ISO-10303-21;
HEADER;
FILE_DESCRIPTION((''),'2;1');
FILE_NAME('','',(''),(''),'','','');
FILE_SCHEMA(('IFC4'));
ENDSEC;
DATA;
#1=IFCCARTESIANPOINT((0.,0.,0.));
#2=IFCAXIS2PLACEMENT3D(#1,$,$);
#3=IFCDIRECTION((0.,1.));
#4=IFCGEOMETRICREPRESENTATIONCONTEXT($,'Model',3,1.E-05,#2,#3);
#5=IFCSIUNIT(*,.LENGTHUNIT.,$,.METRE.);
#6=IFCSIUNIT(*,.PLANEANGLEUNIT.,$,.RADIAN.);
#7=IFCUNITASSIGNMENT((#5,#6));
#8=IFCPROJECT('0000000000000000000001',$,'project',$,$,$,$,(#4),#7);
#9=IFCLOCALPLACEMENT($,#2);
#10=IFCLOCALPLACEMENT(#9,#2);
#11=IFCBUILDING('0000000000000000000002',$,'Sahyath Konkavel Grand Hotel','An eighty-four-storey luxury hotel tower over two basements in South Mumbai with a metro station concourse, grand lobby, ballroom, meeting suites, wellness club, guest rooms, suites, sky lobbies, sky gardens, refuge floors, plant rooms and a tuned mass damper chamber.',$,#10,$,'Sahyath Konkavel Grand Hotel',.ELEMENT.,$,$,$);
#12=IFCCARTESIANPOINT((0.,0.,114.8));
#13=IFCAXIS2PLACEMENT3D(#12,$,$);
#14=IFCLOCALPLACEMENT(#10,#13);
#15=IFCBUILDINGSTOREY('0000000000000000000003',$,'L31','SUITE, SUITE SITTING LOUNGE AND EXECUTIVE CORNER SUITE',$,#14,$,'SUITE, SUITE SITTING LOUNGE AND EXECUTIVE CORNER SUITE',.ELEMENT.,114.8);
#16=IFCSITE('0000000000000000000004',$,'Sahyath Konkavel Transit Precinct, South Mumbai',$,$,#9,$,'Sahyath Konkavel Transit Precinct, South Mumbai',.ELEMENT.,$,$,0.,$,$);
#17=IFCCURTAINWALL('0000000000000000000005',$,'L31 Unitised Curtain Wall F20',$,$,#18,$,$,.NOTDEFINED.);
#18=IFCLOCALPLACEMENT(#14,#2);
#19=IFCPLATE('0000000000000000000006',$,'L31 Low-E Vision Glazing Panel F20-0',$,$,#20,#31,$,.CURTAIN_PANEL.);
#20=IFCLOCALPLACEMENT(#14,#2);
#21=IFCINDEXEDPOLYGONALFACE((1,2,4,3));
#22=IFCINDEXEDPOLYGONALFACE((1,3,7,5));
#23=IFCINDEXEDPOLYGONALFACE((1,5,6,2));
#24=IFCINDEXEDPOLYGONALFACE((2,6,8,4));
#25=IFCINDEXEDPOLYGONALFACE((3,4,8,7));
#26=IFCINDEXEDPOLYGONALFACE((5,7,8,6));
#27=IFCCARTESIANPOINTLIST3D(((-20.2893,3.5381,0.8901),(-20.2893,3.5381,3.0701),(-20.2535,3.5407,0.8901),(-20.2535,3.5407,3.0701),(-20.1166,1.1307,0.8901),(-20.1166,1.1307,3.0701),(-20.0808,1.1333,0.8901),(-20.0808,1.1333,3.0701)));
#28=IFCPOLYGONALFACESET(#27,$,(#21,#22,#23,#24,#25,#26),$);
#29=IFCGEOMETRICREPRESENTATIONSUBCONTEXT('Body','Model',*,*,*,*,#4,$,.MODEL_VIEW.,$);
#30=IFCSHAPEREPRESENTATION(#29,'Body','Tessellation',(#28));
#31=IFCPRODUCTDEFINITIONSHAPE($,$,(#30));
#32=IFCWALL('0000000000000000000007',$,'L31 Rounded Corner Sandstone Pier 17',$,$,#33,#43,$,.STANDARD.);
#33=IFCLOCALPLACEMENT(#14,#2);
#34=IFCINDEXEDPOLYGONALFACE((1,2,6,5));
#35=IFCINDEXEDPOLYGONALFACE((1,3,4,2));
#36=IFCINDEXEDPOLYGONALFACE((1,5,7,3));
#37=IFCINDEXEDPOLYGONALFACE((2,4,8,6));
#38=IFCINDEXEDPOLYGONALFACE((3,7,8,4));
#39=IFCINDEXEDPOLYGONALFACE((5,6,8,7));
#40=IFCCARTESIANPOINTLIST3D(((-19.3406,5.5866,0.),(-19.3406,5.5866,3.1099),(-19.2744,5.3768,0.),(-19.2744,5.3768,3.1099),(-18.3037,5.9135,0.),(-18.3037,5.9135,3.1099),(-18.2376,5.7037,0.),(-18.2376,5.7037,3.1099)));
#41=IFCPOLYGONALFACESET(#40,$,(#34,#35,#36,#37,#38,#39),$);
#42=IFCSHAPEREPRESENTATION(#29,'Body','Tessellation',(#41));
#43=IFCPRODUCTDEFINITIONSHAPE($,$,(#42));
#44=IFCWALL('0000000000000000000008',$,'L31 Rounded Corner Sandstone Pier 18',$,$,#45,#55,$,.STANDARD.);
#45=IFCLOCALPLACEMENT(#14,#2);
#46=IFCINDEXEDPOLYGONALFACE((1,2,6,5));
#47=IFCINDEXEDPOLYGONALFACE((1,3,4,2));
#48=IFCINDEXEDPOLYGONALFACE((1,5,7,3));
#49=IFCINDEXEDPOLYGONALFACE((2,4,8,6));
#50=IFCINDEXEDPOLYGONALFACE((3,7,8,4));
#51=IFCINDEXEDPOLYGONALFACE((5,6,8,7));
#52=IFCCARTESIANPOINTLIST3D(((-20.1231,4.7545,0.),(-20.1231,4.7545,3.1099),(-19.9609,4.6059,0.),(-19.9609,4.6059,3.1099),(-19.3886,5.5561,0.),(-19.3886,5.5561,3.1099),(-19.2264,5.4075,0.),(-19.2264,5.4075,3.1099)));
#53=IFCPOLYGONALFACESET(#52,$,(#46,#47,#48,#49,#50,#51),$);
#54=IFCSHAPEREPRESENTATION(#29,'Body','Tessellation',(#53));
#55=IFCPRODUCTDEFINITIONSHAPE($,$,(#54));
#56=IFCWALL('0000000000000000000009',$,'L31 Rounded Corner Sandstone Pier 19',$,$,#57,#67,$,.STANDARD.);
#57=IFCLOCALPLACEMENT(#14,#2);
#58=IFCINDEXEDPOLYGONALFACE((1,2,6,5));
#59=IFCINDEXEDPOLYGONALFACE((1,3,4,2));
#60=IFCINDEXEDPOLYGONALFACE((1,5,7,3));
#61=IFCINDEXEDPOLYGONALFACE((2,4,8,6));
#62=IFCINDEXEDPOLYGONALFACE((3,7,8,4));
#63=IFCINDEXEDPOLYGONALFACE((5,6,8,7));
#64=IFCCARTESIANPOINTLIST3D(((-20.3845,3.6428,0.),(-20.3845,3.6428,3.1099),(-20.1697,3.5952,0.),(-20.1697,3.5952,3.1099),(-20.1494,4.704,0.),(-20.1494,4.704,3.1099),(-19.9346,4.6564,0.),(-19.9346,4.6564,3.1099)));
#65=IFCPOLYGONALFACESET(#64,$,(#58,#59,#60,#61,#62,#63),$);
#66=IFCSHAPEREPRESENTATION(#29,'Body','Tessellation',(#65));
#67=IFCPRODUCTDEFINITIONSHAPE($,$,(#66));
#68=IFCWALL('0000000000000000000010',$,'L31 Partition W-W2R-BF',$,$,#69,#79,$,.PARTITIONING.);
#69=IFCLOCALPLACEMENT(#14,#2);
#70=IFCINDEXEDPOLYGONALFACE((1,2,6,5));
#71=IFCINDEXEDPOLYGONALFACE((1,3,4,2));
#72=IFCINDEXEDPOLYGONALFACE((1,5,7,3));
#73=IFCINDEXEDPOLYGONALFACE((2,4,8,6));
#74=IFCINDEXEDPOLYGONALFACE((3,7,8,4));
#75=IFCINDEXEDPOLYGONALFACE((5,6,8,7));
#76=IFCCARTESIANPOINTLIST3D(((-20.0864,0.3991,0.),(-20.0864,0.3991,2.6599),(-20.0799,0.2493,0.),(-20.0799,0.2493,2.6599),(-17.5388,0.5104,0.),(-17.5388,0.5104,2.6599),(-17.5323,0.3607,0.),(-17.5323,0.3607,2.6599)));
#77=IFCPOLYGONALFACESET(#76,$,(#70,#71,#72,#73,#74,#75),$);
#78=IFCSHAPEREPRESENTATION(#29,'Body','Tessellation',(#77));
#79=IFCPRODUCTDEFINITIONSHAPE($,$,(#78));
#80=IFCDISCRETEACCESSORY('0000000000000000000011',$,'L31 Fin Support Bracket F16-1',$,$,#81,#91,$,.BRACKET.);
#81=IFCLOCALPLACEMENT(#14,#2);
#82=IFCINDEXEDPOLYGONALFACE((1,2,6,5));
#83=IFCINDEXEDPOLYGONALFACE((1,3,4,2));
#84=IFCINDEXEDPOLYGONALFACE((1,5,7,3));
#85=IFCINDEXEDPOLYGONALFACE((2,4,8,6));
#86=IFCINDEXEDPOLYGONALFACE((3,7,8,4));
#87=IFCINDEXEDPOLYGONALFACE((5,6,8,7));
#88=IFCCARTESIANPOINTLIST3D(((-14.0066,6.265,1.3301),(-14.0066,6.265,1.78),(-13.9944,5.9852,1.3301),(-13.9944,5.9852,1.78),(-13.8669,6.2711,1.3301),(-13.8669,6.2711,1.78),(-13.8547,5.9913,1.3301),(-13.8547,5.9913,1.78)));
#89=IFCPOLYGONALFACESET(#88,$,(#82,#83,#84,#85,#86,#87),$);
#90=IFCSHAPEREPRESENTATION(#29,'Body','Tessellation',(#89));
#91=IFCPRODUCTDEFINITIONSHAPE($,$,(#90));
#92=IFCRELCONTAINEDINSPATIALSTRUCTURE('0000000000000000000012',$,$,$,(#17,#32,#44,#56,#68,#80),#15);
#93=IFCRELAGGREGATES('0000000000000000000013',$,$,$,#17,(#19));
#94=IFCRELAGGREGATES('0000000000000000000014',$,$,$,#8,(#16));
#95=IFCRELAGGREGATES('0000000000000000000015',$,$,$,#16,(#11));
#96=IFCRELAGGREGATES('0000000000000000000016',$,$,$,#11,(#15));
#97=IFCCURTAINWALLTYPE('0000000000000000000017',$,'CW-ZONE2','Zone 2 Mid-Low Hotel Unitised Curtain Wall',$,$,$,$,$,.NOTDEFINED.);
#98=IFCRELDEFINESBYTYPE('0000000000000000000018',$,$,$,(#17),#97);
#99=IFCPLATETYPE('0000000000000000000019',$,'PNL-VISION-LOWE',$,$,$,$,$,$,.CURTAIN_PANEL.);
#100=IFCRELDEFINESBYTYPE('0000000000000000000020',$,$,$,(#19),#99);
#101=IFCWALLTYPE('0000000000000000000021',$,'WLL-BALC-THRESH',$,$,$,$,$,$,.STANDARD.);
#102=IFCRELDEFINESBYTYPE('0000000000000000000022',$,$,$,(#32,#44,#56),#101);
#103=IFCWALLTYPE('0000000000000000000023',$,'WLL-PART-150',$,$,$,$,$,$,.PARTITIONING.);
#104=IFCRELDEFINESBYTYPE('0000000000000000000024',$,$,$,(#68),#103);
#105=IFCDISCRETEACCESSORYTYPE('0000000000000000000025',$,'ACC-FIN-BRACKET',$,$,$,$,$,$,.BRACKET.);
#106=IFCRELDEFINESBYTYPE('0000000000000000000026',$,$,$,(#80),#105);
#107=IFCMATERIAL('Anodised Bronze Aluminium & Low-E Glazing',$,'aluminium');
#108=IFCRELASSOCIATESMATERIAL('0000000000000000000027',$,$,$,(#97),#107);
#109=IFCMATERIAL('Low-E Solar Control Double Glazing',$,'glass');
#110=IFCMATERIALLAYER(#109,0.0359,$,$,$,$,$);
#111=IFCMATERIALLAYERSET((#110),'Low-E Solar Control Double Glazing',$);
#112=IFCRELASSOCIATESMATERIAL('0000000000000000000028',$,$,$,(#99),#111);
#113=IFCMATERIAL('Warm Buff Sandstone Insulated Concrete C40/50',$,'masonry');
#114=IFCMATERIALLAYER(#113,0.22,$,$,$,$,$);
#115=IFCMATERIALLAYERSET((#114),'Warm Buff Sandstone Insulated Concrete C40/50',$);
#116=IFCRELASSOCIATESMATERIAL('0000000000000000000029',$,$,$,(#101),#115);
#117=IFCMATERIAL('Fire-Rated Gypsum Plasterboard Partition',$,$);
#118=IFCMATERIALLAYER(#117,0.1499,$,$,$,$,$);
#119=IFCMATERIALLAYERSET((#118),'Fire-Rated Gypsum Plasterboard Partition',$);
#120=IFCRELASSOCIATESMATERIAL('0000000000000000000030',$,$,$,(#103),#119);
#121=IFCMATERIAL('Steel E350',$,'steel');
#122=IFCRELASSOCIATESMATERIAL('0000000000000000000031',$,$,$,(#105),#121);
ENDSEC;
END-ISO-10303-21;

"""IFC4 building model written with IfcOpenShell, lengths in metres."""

from ifc_helpers import new_model, si_unit, direction, frame, frame_2d, origin, origin_2d, place, context, subcontext, project, spatial, rectangle, extrude, source, transform, mapped, material, layer, layer_set, type_object, element, aggregate, save


model = new_model("IFC4")

# Units and contexts
model_context = context("Model", 3, precision=1e-05, world=origin(), true_north=direction((0.0, 1.0)))
body_context = subcontext(model_context, "Body", "Model", "MODEL_VIEW")
ifc_project = project(units=[si_unit("LENGTHUNIT", "METRE"), si_unit("PLANEANGLEUNIT", "RADIAN")], contexts=[model_context])

# Site, building, storey
site_placement = place(None, origin())
site = spatial("IfcSite", under=ifc_project, at=site_placement, Name="Sahyath Konkavel Transit Precinct, South Mumbai", LongName="Sahyath Konkavel Transit Precinct, South Mumbai", CompositionType="ELEMENT", RefElevation=0.0)
building_placement = place(site_placement, origin())
building = spatial("IfcBuilding", under=site, at=building_placement, Name="Sahyath Konkavel Grand Hotel", Description="An eighty-four-storey luxury hotel tower over two basements in South Mumbai with a metro station concourse, grand lobby, ballroom, meeting suites, wellness club, guest rooms, suites, sky lobbies, sky gardens, refuge floors, plant rooms and a tuned mass damper chamber.", LongName="Sahyath Konkavel Grand Hotel", CompositionType="ELEMENT")
storey_placement = place(building_placement, frame((0.0, 0.0, 114.8)))
storey = spatial("IfcBuildingStorey", under=building, at=storey_placement, Name="L31", Description="SUITE, SUITE SITTING LOUNGE AND EXECUTIVE CORNER SUITE", LongName="SUITE, SUITE SITTING LOUNGE AND EXECUTIVE CORNER SUITE", CompositionType="ELEMENT", Elevation=114.8)

# Shared definitions
ifc_material_1 = material(Name="Steel E350", Category="steel")

# Curtain wall
ifc_material_2 = material(Name="Anodised Bronze Aluminium & Low-E Glazing", Category="aluminium")
curtain_wall_type = type_object("IfcCurtainWallType", Name="CW-ZONE2", Description="Zone 2 Mid-Low Hotel Unitised Curtain Wall", PredefinedType="NOTDEFINED", material=ifc_material_2)
curtain_wall_1_placement = place(storey_placement, origin())
curtain_wall_1 = element("IfcCurtainWall", 1, at=curtain_wall_1_placement, inside=storey, type_object=curtain_wall_type, Name="L31 Unitised Curtain Wall F20", PredefinedType="NOTDEFINED")

# Plate
ifc_material_3 = material(Name="Low-E Solar Control Double Glazing", Category="glass")
ifc_layer_1 = layer(ifc_material_3, 0.0359)
ifc_layer_set_1 = layer_set([ifc_layer_1], Name="Low-E Solar Control Double Glazing")
plate_type_1 = type_object("IfcPlateType", Name="PNL-VISION-LOWE", PredefinedType="CURTAIN_PANEL", material=ifc_layer_set_1)
shared_shape_1 = source(origin(), body_context, "Body", "SweptSolid", [
    extrude(rectangle(XDim=2.4136, YDim=0.0359, at=origin_2d()), origin(), (0.0, 0.0, 1.0), 2.1799),
])
plate_1_placement = place(storey_placement, frame((-20.1851, 2.3357, 0.8901), z_axis=(0.0, 0.0, 1.0), x_axis=(0.071567, -0.997436, 0.0)))
plate_1 = element("IfcPlate", 2, at=plate_1_placement, type_object=plate_type_1, Name="L31 Low-E Vision Glazing Panel F20-0", PredefinedType="CURTAIN_PANEL", context=body_context, shape_type="MappedRepresentation", body=[
    mapped(shared_shape_1, transform((0.0, 0.0, 0.0), scale=1.0)),
])
aggregate(curtain_wall_1, [plate_1])

# Walls
ifc_material_4 = material(Name="Warm Buff Sandstone Insulated Concrete C40/50", Category="masonry")
ifc_layer_2 = layer(ifc_material_4, 0.22)
ifc_layer_set_2 = layer_set([ifc_layer_2], Name="Warm Buff Sandstone Insulated Concrete C40/50")
wall_type_1 = type_object("IfcWallType", Name="WLL-BALC-THRESH", PredefinedType="STANDARD", material=ifc_layer_set_2)
for number, where, z_axis, x_axis, name in (
    (3, (-18.2708, 5.8086, 0.0), (0.0, 0.0, 1.0), (-0.953722, -0.300691, 0.0), "L31 Rounded Corner Sandstone Pier 17"),
    (4, (-19.3076, 5.4817, 0.0), (0.0, 0.0, 1.0), (-0.675552, -0.737313, 0.0), "L31 Rounded Corner Sandstone Pier 18"),
):
    element("IfcWall", number, at=place(storey_placement, frame(where, z_axis=z_axis, x_axis=x_axis)), inside=storey, type_object=wall_type_1, Name=name, PredefinedType="STANDARD", context=body_context, shape_type="SweptSolid", body=[
        extrude(rectangle(XDim=1.0872, YDim=0.22, at=frame_2d((0.5435, 0.0))), origin(), (0.0, 0.0, 1.0), 3.1099),
    ])
wall_1_placement = place(storey_placement, frame((-20.042, 4.6802, 0.0), z_axis=(0.0, 0.0, 1.0), x_axis=(-0.216288, -0.97633, 0.0)))
element("IfcWall", 5, at=wall_1_placement, inside=storey, type_object=wall_type_1, Name="L31 Rounded Corner Sandstone Pier 19", PredefinedType="STANDARD", context=body_context, shape_type="SweptSolid", body=[
    extrude(rectangle(XDim=1.0869, YDim=0.22, at=frame_2d((0.5435, 0.0))), origin(), (0.0, 0.0, 1.0), 3.1099),
])
ifc_material_5 = material(Name="Fire-Rated Gypsum Plasterboard Partition")
ifc_layer_3 = layer(ifc_material_5, 0.1499)
ifc_layer_set_3 = layer_set([ifc_layer_3], Name="Fire-Rated Gypsum Plasterboard Partition")
wall_type_2 = type_object("IfcWallType", Name="WLL-PART-150", PredefinedType="PARTITIONING", material=ifc_layer_set_3)
wall_2_placement = place(storey_placement, frame((-17.5356, 0.4355, 0.0), z_axis=(0.0, 0.0, 1.0), x_axis=(-0.999047, -0.043657, 0.0)))
element("IfcWall", 6, at=wall_2_placement, inside=storey, type_object=wall_type_2, Name="L31 Partition W-W2R-BF", PredefinedType="PARTITIONING", context=body_context, shape_type="SweptSolid", body=[
    extrude(rectangle(XDim=2.55, YDim=0.1499, at=frame_2d((1.2749, 0.0))), origin(), (0.0, 0.0, 1.0), 2.6599),
])

# Discrete accessory
discrete_accessory_type = type_object("IfcDiscreteAccessoryType", Name="ACC-FIN-BRACKET", PredefinedType="BRACKET", material=ifc_material_1)
shared_shape_2 = source(origin(), body_context, "Body", "SweptSolid", [
    extrude(rectangle(XDim=0.28, YDim=0.1399, at=origin_2d()), origin(), (0.0, 0.0, 1.0), 0.45),
])
discrete_accessory_placement = place(storey_placement, frame((-13.9307, 6.1282, 1.3301), z_axis=(0.0, 0.0, 1.0), x_axis=(-0.043602, 0.999049, 0.0)))
element("IfcDiscreteAccessory", 7, at=discrete_accessory_placement, inside=storey, type_object=discrete_accessory_type, Name="L31 Fin Support Bracket F16-1", PredefinedType="BRACKET", context=body_context, shape_type="MappedRepresentation", body=[
    mapped(shared_shape_2, transform((0.0, 0.0, 0.0), scale=1.0)),
])

save(model, "model.ifc")
